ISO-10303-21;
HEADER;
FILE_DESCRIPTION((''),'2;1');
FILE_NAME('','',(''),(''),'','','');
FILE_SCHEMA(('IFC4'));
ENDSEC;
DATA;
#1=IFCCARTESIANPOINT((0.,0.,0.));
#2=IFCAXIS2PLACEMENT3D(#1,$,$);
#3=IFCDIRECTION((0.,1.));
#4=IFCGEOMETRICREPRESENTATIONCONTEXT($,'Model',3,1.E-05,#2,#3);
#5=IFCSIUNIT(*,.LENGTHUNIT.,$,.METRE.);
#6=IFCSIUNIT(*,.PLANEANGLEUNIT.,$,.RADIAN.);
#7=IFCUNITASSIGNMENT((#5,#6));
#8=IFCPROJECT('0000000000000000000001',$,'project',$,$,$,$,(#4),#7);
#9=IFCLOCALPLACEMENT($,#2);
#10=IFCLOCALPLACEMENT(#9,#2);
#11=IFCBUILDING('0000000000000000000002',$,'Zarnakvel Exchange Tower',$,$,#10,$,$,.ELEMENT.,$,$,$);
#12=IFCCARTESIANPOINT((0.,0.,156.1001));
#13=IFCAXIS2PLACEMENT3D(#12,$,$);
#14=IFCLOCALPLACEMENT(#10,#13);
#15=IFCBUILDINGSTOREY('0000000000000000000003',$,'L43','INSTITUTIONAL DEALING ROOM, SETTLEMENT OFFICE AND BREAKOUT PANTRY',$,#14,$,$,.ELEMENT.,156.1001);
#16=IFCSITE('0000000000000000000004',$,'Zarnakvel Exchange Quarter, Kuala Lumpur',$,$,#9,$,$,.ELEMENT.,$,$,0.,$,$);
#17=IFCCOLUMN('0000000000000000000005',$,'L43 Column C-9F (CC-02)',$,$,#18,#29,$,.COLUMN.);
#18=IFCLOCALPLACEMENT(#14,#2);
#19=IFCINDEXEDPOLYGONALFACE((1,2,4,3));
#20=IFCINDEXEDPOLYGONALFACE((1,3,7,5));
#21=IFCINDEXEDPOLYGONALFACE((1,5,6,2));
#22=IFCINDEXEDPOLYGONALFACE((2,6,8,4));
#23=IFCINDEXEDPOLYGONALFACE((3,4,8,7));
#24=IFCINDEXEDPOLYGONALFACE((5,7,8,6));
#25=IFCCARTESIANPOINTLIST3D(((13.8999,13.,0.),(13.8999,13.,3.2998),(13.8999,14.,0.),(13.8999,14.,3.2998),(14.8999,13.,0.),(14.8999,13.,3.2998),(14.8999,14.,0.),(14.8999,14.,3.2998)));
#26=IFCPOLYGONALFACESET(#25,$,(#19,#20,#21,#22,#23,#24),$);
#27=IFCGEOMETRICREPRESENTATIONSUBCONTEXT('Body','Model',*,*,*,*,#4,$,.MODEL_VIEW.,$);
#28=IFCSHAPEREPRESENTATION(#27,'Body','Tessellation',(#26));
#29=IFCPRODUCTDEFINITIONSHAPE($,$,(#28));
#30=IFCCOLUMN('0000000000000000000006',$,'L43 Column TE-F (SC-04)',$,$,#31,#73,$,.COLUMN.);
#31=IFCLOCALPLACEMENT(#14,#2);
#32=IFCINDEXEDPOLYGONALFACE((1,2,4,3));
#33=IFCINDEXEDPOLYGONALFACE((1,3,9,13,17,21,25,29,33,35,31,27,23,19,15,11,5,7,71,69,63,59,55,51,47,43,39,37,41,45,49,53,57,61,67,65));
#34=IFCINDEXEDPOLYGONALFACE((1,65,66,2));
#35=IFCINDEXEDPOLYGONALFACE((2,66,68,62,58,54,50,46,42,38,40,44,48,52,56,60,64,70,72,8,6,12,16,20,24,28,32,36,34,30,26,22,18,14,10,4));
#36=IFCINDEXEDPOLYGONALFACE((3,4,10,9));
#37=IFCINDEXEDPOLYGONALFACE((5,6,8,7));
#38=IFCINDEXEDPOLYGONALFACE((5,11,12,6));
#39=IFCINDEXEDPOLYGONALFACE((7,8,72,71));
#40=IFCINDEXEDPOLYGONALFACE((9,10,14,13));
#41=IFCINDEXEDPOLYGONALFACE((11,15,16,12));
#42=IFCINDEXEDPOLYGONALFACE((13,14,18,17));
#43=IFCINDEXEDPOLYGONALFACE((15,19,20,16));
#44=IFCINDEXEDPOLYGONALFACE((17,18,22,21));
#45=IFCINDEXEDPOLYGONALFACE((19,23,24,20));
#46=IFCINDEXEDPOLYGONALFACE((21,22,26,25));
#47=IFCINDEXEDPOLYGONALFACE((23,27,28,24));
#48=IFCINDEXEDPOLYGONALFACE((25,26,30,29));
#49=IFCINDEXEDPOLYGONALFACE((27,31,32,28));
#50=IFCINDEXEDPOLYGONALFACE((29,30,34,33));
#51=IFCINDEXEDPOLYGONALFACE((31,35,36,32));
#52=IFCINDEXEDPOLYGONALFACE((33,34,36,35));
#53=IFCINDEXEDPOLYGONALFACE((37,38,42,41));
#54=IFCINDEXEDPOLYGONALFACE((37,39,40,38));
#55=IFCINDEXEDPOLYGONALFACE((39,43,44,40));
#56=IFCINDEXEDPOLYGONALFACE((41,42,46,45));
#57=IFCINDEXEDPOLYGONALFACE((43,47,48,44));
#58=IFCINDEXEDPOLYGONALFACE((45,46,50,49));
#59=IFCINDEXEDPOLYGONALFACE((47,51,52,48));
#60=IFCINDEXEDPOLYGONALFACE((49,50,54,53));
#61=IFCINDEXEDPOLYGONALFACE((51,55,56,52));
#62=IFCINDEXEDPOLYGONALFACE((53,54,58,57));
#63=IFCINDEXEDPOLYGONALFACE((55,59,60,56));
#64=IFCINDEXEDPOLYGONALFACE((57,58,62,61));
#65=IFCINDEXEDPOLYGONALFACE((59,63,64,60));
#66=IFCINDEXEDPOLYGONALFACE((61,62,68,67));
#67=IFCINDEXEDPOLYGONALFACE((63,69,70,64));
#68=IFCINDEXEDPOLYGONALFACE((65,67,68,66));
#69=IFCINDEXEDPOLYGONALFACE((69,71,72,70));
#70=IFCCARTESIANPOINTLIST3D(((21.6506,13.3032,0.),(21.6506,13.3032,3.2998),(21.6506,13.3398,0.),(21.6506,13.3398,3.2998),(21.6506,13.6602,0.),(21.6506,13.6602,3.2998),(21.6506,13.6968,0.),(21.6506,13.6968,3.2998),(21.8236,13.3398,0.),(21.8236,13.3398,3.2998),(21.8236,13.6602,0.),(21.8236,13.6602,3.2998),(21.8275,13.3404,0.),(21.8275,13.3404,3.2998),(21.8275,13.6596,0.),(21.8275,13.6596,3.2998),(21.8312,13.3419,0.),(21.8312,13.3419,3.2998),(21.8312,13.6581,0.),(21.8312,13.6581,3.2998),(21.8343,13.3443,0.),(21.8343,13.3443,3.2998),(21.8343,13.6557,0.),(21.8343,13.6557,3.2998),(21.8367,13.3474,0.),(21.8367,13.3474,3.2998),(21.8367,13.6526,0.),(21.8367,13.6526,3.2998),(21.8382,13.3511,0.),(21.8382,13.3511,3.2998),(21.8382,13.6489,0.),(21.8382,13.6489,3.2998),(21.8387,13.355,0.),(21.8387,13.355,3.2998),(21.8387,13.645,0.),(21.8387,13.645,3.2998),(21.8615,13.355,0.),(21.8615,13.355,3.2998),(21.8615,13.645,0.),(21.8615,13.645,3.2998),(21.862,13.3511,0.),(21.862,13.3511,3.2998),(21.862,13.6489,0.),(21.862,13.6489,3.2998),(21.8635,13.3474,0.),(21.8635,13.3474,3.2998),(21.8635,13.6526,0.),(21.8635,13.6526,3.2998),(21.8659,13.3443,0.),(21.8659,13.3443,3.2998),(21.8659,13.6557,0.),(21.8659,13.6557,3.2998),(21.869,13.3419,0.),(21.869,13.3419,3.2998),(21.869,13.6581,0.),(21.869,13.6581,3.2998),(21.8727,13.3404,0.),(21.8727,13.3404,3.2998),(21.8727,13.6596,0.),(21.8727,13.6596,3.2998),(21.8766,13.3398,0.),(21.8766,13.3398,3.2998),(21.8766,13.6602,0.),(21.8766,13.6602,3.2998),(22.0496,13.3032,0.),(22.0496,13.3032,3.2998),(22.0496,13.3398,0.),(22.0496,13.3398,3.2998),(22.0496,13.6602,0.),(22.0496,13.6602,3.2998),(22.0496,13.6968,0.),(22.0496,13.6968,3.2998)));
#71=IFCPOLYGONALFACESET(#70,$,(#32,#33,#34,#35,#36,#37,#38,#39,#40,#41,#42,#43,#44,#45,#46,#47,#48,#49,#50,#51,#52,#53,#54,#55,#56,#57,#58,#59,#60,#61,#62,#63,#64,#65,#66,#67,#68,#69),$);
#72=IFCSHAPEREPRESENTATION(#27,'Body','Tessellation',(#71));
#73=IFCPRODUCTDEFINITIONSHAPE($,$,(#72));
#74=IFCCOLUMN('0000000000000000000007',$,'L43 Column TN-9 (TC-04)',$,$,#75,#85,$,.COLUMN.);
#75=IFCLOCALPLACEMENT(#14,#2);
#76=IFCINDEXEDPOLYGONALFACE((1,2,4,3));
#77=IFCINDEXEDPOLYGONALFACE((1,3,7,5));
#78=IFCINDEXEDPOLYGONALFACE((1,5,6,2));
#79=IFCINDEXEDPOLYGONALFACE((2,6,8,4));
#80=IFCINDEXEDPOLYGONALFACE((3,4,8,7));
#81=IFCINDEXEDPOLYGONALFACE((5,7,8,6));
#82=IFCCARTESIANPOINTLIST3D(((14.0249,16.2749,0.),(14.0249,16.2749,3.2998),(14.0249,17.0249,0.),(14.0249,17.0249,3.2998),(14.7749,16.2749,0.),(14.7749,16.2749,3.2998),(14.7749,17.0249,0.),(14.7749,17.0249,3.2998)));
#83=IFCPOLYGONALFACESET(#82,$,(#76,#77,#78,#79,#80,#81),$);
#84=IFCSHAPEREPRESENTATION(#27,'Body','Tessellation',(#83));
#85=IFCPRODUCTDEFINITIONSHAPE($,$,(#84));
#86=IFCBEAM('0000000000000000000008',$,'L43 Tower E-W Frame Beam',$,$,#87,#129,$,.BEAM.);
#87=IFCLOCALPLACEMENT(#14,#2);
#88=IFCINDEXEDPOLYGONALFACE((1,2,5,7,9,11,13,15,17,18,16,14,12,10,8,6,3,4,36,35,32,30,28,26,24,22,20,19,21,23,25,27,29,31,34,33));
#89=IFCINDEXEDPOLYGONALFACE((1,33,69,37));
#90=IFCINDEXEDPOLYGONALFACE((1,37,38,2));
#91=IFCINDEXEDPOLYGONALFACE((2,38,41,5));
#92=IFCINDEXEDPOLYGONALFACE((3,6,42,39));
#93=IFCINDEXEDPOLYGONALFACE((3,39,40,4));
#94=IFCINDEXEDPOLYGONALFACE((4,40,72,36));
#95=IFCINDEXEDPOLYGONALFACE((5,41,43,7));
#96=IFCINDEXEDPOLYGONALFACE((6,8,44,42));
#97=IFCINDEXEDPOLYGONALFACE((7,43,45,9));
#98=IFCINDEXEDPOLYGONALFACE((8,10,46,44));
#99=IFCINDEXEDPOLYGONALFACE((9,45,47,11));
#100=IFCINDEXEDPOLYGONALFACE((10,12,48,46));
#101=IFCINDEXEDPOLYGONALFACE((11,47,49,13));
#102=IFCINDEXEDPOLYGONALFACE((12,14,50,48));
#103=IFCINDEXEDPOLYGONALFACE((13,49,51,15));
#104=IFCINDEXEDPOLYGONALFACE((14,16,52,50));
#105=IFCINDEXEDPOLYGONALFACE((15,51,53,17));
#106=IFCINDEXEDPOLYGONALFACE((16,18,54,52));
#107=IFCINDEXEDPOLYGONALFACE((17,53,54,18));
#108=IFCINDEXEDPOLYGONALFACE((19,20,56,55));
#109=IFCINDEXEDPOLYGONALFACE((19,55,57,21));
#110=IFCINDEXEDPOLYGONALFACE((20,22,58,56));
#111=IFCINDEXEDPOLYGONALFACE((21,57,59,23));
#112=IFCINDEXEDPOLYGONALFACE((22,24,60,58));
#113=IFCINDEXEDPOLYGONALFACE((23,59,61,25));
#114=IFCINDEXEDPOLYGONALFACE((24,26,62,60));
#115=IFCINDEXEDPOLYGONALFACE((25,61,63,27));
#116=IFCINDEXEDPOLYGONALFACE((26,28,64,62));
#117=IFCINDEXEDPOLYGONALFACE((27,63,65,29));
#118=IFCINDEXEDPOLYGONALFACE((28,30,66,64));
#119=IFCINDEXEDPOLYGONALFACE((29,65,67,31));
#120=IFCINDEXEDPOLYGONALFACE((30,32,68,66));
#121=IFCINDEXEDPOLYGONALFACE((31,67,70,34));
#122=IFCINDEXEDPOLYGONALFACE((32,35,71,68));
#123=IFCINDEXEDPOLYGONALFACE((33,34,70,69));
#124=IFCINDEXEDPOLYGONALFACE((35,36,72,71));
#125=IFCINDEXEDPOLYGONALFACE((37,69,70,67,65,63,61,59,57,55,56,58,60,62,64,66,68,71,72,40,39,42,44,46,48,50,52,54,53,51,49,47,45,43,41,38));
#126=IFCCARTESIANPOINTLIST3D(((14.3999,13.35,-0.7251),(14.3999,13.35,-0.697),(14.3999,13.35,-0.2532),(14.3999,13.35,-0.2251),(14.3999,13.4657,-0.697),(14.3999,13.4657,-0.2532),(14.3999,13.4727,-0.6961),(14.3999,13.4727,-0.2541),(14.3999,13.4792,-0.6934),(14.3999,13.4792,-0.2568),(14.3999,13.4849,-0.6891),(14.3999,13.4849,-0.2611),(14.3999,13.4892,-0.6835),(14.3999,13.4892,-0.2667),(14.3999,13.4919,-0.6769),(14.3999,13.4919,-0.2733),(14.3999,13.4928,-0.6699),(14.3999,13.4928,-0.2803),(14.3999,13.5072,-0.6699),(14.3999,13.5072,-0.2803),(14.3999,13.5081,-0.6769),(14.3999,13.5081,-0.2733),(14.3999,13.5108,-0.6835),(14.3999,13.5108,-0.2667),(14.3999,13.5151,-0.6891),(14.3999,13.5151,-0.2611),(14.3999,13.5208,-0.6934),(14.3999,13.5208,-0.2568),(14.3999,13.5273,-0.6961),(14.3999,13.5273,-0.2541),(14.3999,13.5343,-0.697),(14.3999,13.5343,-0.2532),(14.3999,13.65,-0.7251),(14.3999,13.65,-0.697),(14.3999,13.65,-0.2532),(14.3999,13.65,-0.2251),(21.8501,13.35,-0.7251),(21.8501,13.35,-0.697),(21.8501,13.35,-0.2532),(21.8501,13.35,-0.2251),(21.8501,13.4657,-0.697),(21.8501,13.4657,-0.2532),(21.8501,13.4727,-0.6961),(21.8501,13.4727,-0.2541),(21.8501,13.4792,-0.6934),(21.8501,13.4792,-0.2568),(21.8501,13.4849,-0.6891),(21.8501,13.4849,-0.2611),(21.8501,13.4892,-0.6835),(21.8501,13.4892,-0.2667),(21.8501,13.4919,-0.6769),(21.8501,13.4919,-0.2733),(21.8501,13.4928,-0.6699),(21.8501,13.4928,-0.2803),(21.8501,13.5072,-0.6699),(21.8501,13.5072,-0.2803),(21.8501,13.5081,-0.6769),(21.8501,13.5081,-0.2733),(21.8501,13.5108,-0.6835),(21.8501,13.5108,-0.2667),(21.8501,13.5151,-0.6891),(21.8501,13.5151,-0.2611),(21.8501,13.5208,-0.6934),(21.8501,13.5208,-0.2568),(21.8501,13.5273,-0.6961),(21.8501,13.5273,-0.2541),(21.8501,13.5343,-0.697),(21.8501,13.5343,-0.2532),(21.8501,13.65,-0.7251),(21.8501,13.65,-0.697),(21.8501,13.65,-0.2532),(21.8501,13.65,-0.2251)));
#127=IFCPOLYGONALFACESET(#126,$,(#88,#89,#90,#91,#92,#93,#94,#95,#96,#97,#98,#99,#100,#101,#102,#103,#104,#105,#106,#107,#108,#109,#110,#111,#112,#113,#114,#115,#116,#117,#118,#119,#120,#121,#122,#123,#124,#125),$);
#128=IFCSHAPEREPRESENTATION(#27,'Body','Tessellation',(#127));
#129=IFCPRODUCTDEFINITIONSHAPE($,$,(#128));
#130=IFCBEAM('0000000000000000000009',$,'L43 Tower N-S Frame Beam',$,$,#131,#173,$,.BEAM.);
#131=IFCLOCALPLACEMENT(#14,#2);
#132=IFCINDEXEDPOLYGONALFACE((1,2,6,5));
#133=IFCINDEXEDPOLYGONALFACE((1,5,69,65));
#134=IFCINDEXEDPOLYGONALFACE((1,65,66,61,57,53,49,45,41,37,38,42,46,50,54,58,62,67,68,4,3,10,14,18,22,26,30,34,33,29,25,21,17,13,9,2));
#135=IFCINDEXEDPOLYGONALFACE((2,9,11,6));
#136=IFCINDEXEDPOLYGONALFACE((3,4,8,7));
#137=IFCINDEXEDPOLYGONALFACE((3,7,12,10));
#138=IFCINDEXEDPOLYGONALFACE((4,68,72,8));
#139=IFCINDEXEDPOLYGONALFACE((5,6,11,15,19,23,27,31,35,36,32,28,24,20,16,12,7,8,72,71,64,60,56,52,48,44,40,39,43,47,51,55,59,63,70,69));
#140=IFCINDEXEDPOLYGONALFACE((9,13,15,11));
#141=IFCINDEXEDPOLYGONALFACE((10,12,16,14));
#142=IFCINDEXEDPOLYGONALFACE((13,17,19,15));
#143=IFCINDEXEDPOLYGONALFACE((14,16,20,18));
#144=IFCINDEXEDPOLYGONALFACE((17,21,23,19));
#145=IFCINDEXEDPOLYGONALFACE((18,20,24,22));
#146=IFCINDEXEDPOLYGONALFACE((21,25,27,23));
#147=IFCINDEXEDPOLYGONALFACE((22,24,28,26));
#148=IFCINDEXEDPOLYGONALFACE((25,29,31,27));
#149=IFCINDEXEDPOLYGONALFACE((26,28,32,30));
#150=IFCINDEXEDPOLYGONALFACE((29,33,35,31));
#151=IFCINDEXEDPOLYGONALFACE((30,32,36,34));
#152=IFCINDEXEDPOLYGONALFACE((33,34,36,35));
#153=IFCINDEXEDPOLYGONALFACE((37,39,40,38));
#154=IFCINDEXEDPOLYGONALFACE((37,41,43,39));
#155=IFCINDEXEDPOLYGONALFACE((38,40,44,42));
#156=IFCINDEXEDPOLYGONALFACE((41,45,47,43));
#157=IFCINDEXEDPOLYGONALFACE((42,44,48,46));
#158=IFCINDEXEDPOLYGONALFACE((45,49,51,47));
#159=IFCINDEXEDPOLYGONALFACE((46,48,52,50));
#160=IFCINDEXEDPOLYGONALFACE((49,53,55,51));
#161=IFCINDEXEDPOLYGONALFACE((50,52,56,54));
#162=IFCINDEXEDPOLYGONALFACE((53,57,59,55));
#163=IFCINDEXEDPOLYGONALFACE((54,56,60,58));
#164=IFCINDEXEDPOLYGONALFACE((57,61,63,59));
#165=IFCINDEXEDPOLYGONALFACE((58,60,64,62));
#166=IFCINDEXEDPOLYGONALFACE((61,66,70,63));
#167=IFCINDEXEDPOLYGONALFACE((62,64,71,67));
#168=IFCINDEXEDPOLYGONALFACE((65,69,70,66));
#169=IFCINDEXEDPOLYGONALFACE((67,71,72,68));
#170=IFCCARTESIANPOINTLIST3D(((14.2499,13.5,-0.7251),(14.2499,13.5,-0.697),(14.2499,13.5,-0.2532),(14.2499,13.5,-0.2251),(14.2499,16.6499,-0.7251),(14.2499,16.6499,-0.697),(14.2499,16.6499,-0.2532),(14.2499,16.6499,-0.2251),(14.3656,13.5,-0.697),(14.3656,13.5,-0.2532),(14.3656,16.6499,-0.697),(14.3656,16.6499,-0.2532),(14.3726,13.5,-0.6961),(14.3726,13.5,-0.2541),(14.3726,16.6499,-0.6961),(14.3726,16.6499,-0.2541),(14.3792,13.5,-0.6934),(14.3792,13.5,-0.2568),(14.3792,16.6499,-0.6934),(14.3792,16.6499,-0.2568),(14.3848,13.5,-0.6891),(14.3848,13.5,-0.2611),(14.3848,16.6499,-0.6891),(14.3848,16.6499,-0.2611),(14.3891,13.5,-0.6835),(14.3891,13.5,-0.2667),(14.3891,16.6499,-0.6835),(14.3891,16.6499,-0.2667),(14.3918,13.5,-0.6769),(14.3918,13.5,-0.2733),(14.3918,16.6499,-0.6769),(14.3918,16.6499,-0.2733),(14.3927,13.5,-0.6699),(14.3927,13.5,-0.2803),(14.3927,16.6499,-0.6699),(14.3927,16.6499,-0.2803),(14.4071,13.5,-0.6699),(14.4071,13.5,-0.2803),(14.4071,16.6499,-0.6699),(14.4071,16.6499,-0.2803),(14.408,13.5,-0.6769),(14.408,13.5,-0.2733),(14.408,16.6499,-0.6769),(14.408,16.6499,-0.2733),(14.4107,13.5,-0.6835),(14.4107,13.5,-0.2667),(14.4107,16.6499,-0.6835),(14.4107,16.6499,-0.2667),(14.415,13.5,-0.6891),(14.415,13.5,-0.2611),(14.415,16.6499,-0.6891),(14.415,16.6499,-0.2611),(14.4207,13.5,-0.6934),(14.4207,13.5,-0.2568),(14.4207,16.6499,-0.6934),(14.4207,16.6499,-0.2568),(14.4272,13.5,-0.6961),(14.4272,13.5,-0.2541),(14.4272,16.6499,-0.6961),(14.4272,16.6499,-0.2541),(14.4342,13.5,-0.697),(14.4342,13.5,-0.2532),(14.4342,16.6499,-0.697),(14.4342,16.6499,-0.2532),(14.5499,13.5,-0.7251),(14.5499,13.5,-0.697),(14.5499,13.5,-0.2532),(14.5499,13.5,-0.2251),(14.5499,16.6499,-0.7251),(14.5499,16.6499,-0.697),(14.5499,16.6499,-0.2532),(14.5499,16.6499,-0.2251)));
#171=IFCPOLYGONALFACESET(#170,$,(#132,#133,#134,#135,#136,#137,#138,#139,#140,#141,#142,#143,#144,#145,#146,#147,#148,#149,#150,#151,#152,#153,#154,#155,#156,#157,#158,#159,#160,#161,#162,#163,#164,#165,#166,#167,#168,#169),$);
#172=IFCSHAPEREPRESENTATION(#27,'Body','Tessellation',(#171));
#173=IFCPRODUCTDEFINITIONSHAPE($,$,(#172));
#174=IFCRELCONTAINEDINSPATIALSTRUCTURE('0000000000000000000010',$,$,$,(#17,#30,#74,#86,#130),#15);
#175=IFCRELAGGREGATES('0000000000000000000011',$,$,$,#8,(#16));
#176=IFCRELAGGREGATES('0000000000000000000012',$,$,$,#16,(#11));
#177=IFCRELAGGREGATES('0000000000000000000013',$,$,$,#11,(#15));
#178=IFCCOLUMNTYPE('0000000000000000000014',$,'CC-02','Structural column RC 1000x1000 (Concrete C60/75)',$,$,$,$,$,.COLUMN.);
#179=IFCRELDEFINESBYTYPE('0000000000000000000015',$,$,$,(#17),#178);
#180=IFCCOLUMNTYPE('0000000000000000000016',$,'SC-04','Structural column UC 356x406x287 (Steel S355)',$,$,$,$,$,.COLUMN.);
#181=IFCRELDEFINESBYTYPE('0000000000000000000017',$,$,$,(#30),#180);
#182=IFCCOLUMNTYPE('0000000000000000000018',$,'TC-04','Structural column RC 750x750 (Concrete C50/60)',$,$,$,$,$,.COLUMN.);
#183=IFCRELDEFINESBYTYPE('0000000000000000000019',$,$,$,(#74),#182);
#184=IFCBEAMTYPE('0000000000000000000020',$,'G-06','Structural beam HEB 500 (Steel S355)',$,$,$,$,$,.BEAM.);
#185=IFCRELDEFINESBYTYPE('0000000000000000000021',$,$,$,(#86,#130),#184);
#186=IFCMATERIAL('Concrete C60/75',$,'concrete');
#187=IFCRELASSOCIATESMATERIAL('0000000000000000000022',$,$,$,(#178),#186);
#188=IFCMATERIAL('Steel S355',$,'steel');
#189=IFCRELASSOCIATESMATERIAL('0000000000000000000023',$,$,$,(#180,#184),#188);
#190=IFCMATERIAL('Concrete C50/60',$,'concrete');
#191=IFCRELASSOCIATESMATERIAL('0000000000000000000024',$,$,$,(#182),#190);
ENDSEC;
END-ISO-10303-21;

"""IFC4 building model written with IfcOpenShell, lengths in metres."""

from ifc_helpers import new_model, si_unit, direction, frame, origin, origin_2d, place, context, subcontext, project, spatial, rectangle, i_section, extrude, material, material_profile, profile_set, type_object, element, save


model = new_model("IFC4")

# Units and contexts
model_context = context("Model", 3, precision=1e-05, world=origin(), true_north=direction((0.0, 1.0)))
body_context = subcontext(model_context, "Body", "Model", "MODEL_VIEW")
ifc_project = project(units=[si_unit("LENGTHUNIT", "METRE"), si_unit("PLANEANGLEUNIT", "RADIAN")], contexts=[model_context])

# Site, building, storey
site_placement = place(None, origin())
site = spatial("IfcSite", under=ifc_project, at=site_placement, Name="Zarnakvel Exchange Quarter, Kuala Lumpur", CompositionType="ELEMENT", RefElevation=0.0)
building_placement = place(site_placement, origin())
building = spatial("IfcBuilding", under=site, at=building_placement, Name="Zarnakvel Exchange Tower", CompositionType="ELEMENT")
storey_placement = place(building_placement, frame((0.0, 0.0, 156.1001)))
storey = spatial("IfcBuildingStorey", under=building, at=storey_placement, Name="L43", Description="INSTITUTIONAL DEALING ROOM, SETTLEMENT OFFICE AND BREAKOUT PANTRY", CompositionType="ELEMENT", Elevation=156.1001)

# Columns
ifc_material_1 = material(Name="Concrete C60/75", Category="concrete")
ifc_material_profile_1 = material_profile(ifc_material_1, rectangle(XDim=1.0, YDim=1.0, at=origin_2d()))
ifc_profile_set_1 = profile_set([ifc_material_profile_1], Name="Concrete C60/75")
column_type_1 = type_object("IfcColumnType", Name="CC-02", Description="Structural column RC 1000x1000 (Concrete C60/75)", PredefinedType="COLUMN", material=ifc_profile_set_1)
column_1_placement = place(storey_placement, frame((14.3999, 13.5, 0.0), z_axis=(0.0, 0.0, 1.0), x_axis=(1.0, 0.0, 0.0)))
element("IfcColumn", 1, at=column_1_placement, inside=storey, type_object=column_type_1, Name="L43 Column C-9F (CC-02)", PredefinedType="COLUMN", context=body_context, shape_type="SweptSolid", body=[
    extrude(rectangle(XDim=1.0, YDim=1.0, at=origin_2d()), origin(), (0.0, 0.0, 1.0), 3.2998),
])
ifc_material_2 = material(Name="Steel S355", Category="steel")
ifc_material_profile_2 = material_profile(ifc_material_2, i_section(OverallWidth=0.3989, OverallDepth=0.3936, WebThickness=0.0227, FlangeThickness=0.0366, FilletRadius=0.0151, at=origin_2d()))
ifc_profile_set_2 = profile_set([ifc_material_profile_2], Name="Steel S355")
column_type_2 = type_object("IfcColumnType", Name="SC-04", Description="Structural column UC 356x406x287 (Steel S355)", PredefinedType="COLUMN", material=ifc_profile_set_2)
column_2_placement = place(storey_placement, frame((21.8501, 13.5, 0.0), z_axis=(0.0, 0.0, 1.0), x_axis=(1.0, 0.0, 0.0)))
element("IfcColumn", 2, at=column_2_placement, inside=storey, type_object=column_type_2, Name="L43 Column TE-F (SC-04)", PredefinedType="COLUMN", context=body_context, shape_type="SweptSolid", body=[
    extrude(i_section(OverallWidth=0.3989, OverallDepth=0.3936, WebThickness=0.0227, FlangeThickness=0.0366, FilletRadius=0.0151, at=origin_2d()), origin(), (0.0, 0.0, 1.0), 3.2998),
])
ifc_material_3 = material(Name="Concrete C50/60", Category="concrete")
ifc_material_profile_3 = material_profile(ifc_material_3, rectangle(XDim=0.75, YDim=0.75, at=origin_2d()))
ifc_profile_set_3 = profile_set([ifc_material_profile_3], Name="Concrete C50/60")
column_type_3 = type_object("IfcColumnType", Name="TC-04", Description="Structural column RC 750x750 (Concrete C50/60)", PredefinedType="COLUMN", material=ifc_profile_set_3)
column_3_placement = place(storey_placement, frame((14.3999, 16.6499, 0.0), z_axis=(0.0, 0.0, 1.0), x_axis=(1.0, 0.0, 0.0)))
element("IfcColumn", 3, at=column_3_placement, inside=storey, type_object=column_type_3, Name="L43 Column TN-9 (TC-04)", PredefinedType="COLUMN", context=body_context, shape_type="SweptSolid", body=[
    extrude(rectangle(XDim=0.75, YDim=0.75, at=origin_2d()), origin(), (0.0, 0.0, 1.0), 3.2998),
])

# Beams
ifc_material_profile_4 = material_profile(ifc_material_2, i_section(OverallWidth=0.3, OverallDepth=0.5, WebThickness=0.0144, FlangeThickness=0.0281, FilletRadius=0.0271, at=origin_2d()))
ifc_profile_set_4 = profile_set([ifc_material_profile_4], Name="Steel S355")
beam_type = type_object("IfcBeamType", Name="G-06", Description="Structural beam HEB 500 (Steel S355)", PredefinedType="BEAM", material=ifc_profile_set_4)
beam_1_placement = place(storey_placement, frame((14.3999, 13.5, -0.4751), z_axis=(1.0, 0.0, 0.0), x_axis=(0.0, 1.0, 0.0)))
element("IfcBeam", 4, at=beam_1_placement, inside=storey, type_object=beam_type, Name="L43 Tower E-W Frame Beam", PredefinedType="BEAM", context=body_context, shape_type="SweptSolid", body=[
    extrude(i_section(OverallWidth=0.3, OverallDepth=0.5, WebThickness=0.0144, FlangeThickness=0.0281, FilletRadius=0.0271, at=origin_2d()), origin(), (0.0, 0.0, 1.0), 7.4502),
])
beam_2_placement = place(storey_placement, frame((14.3999, 13.5, -0.4751), z_axis=(0.0, 1.0, 0.0), x_axis=(-1.0, 0.0, 0.0)))
element("IfcBeam", 5, at=beam_2_placement, inside=storey, type_object=beam_type, Name="L43 Tower N-S Frame Beam", PredefinedType="BEAM", context=body_context, shape_type="SweptSolid", body=[
    extrude(i_section(OverallWidth=0.3, OverallDepth=0.5, WebThickness=0.0144, FlangeThickness=0.0281, FilletRadius=0.0271, at=origin_2d()), origin(), (0.0, 0.0, 1.0), 3.1499),
])

save(model, "model.ifc")
